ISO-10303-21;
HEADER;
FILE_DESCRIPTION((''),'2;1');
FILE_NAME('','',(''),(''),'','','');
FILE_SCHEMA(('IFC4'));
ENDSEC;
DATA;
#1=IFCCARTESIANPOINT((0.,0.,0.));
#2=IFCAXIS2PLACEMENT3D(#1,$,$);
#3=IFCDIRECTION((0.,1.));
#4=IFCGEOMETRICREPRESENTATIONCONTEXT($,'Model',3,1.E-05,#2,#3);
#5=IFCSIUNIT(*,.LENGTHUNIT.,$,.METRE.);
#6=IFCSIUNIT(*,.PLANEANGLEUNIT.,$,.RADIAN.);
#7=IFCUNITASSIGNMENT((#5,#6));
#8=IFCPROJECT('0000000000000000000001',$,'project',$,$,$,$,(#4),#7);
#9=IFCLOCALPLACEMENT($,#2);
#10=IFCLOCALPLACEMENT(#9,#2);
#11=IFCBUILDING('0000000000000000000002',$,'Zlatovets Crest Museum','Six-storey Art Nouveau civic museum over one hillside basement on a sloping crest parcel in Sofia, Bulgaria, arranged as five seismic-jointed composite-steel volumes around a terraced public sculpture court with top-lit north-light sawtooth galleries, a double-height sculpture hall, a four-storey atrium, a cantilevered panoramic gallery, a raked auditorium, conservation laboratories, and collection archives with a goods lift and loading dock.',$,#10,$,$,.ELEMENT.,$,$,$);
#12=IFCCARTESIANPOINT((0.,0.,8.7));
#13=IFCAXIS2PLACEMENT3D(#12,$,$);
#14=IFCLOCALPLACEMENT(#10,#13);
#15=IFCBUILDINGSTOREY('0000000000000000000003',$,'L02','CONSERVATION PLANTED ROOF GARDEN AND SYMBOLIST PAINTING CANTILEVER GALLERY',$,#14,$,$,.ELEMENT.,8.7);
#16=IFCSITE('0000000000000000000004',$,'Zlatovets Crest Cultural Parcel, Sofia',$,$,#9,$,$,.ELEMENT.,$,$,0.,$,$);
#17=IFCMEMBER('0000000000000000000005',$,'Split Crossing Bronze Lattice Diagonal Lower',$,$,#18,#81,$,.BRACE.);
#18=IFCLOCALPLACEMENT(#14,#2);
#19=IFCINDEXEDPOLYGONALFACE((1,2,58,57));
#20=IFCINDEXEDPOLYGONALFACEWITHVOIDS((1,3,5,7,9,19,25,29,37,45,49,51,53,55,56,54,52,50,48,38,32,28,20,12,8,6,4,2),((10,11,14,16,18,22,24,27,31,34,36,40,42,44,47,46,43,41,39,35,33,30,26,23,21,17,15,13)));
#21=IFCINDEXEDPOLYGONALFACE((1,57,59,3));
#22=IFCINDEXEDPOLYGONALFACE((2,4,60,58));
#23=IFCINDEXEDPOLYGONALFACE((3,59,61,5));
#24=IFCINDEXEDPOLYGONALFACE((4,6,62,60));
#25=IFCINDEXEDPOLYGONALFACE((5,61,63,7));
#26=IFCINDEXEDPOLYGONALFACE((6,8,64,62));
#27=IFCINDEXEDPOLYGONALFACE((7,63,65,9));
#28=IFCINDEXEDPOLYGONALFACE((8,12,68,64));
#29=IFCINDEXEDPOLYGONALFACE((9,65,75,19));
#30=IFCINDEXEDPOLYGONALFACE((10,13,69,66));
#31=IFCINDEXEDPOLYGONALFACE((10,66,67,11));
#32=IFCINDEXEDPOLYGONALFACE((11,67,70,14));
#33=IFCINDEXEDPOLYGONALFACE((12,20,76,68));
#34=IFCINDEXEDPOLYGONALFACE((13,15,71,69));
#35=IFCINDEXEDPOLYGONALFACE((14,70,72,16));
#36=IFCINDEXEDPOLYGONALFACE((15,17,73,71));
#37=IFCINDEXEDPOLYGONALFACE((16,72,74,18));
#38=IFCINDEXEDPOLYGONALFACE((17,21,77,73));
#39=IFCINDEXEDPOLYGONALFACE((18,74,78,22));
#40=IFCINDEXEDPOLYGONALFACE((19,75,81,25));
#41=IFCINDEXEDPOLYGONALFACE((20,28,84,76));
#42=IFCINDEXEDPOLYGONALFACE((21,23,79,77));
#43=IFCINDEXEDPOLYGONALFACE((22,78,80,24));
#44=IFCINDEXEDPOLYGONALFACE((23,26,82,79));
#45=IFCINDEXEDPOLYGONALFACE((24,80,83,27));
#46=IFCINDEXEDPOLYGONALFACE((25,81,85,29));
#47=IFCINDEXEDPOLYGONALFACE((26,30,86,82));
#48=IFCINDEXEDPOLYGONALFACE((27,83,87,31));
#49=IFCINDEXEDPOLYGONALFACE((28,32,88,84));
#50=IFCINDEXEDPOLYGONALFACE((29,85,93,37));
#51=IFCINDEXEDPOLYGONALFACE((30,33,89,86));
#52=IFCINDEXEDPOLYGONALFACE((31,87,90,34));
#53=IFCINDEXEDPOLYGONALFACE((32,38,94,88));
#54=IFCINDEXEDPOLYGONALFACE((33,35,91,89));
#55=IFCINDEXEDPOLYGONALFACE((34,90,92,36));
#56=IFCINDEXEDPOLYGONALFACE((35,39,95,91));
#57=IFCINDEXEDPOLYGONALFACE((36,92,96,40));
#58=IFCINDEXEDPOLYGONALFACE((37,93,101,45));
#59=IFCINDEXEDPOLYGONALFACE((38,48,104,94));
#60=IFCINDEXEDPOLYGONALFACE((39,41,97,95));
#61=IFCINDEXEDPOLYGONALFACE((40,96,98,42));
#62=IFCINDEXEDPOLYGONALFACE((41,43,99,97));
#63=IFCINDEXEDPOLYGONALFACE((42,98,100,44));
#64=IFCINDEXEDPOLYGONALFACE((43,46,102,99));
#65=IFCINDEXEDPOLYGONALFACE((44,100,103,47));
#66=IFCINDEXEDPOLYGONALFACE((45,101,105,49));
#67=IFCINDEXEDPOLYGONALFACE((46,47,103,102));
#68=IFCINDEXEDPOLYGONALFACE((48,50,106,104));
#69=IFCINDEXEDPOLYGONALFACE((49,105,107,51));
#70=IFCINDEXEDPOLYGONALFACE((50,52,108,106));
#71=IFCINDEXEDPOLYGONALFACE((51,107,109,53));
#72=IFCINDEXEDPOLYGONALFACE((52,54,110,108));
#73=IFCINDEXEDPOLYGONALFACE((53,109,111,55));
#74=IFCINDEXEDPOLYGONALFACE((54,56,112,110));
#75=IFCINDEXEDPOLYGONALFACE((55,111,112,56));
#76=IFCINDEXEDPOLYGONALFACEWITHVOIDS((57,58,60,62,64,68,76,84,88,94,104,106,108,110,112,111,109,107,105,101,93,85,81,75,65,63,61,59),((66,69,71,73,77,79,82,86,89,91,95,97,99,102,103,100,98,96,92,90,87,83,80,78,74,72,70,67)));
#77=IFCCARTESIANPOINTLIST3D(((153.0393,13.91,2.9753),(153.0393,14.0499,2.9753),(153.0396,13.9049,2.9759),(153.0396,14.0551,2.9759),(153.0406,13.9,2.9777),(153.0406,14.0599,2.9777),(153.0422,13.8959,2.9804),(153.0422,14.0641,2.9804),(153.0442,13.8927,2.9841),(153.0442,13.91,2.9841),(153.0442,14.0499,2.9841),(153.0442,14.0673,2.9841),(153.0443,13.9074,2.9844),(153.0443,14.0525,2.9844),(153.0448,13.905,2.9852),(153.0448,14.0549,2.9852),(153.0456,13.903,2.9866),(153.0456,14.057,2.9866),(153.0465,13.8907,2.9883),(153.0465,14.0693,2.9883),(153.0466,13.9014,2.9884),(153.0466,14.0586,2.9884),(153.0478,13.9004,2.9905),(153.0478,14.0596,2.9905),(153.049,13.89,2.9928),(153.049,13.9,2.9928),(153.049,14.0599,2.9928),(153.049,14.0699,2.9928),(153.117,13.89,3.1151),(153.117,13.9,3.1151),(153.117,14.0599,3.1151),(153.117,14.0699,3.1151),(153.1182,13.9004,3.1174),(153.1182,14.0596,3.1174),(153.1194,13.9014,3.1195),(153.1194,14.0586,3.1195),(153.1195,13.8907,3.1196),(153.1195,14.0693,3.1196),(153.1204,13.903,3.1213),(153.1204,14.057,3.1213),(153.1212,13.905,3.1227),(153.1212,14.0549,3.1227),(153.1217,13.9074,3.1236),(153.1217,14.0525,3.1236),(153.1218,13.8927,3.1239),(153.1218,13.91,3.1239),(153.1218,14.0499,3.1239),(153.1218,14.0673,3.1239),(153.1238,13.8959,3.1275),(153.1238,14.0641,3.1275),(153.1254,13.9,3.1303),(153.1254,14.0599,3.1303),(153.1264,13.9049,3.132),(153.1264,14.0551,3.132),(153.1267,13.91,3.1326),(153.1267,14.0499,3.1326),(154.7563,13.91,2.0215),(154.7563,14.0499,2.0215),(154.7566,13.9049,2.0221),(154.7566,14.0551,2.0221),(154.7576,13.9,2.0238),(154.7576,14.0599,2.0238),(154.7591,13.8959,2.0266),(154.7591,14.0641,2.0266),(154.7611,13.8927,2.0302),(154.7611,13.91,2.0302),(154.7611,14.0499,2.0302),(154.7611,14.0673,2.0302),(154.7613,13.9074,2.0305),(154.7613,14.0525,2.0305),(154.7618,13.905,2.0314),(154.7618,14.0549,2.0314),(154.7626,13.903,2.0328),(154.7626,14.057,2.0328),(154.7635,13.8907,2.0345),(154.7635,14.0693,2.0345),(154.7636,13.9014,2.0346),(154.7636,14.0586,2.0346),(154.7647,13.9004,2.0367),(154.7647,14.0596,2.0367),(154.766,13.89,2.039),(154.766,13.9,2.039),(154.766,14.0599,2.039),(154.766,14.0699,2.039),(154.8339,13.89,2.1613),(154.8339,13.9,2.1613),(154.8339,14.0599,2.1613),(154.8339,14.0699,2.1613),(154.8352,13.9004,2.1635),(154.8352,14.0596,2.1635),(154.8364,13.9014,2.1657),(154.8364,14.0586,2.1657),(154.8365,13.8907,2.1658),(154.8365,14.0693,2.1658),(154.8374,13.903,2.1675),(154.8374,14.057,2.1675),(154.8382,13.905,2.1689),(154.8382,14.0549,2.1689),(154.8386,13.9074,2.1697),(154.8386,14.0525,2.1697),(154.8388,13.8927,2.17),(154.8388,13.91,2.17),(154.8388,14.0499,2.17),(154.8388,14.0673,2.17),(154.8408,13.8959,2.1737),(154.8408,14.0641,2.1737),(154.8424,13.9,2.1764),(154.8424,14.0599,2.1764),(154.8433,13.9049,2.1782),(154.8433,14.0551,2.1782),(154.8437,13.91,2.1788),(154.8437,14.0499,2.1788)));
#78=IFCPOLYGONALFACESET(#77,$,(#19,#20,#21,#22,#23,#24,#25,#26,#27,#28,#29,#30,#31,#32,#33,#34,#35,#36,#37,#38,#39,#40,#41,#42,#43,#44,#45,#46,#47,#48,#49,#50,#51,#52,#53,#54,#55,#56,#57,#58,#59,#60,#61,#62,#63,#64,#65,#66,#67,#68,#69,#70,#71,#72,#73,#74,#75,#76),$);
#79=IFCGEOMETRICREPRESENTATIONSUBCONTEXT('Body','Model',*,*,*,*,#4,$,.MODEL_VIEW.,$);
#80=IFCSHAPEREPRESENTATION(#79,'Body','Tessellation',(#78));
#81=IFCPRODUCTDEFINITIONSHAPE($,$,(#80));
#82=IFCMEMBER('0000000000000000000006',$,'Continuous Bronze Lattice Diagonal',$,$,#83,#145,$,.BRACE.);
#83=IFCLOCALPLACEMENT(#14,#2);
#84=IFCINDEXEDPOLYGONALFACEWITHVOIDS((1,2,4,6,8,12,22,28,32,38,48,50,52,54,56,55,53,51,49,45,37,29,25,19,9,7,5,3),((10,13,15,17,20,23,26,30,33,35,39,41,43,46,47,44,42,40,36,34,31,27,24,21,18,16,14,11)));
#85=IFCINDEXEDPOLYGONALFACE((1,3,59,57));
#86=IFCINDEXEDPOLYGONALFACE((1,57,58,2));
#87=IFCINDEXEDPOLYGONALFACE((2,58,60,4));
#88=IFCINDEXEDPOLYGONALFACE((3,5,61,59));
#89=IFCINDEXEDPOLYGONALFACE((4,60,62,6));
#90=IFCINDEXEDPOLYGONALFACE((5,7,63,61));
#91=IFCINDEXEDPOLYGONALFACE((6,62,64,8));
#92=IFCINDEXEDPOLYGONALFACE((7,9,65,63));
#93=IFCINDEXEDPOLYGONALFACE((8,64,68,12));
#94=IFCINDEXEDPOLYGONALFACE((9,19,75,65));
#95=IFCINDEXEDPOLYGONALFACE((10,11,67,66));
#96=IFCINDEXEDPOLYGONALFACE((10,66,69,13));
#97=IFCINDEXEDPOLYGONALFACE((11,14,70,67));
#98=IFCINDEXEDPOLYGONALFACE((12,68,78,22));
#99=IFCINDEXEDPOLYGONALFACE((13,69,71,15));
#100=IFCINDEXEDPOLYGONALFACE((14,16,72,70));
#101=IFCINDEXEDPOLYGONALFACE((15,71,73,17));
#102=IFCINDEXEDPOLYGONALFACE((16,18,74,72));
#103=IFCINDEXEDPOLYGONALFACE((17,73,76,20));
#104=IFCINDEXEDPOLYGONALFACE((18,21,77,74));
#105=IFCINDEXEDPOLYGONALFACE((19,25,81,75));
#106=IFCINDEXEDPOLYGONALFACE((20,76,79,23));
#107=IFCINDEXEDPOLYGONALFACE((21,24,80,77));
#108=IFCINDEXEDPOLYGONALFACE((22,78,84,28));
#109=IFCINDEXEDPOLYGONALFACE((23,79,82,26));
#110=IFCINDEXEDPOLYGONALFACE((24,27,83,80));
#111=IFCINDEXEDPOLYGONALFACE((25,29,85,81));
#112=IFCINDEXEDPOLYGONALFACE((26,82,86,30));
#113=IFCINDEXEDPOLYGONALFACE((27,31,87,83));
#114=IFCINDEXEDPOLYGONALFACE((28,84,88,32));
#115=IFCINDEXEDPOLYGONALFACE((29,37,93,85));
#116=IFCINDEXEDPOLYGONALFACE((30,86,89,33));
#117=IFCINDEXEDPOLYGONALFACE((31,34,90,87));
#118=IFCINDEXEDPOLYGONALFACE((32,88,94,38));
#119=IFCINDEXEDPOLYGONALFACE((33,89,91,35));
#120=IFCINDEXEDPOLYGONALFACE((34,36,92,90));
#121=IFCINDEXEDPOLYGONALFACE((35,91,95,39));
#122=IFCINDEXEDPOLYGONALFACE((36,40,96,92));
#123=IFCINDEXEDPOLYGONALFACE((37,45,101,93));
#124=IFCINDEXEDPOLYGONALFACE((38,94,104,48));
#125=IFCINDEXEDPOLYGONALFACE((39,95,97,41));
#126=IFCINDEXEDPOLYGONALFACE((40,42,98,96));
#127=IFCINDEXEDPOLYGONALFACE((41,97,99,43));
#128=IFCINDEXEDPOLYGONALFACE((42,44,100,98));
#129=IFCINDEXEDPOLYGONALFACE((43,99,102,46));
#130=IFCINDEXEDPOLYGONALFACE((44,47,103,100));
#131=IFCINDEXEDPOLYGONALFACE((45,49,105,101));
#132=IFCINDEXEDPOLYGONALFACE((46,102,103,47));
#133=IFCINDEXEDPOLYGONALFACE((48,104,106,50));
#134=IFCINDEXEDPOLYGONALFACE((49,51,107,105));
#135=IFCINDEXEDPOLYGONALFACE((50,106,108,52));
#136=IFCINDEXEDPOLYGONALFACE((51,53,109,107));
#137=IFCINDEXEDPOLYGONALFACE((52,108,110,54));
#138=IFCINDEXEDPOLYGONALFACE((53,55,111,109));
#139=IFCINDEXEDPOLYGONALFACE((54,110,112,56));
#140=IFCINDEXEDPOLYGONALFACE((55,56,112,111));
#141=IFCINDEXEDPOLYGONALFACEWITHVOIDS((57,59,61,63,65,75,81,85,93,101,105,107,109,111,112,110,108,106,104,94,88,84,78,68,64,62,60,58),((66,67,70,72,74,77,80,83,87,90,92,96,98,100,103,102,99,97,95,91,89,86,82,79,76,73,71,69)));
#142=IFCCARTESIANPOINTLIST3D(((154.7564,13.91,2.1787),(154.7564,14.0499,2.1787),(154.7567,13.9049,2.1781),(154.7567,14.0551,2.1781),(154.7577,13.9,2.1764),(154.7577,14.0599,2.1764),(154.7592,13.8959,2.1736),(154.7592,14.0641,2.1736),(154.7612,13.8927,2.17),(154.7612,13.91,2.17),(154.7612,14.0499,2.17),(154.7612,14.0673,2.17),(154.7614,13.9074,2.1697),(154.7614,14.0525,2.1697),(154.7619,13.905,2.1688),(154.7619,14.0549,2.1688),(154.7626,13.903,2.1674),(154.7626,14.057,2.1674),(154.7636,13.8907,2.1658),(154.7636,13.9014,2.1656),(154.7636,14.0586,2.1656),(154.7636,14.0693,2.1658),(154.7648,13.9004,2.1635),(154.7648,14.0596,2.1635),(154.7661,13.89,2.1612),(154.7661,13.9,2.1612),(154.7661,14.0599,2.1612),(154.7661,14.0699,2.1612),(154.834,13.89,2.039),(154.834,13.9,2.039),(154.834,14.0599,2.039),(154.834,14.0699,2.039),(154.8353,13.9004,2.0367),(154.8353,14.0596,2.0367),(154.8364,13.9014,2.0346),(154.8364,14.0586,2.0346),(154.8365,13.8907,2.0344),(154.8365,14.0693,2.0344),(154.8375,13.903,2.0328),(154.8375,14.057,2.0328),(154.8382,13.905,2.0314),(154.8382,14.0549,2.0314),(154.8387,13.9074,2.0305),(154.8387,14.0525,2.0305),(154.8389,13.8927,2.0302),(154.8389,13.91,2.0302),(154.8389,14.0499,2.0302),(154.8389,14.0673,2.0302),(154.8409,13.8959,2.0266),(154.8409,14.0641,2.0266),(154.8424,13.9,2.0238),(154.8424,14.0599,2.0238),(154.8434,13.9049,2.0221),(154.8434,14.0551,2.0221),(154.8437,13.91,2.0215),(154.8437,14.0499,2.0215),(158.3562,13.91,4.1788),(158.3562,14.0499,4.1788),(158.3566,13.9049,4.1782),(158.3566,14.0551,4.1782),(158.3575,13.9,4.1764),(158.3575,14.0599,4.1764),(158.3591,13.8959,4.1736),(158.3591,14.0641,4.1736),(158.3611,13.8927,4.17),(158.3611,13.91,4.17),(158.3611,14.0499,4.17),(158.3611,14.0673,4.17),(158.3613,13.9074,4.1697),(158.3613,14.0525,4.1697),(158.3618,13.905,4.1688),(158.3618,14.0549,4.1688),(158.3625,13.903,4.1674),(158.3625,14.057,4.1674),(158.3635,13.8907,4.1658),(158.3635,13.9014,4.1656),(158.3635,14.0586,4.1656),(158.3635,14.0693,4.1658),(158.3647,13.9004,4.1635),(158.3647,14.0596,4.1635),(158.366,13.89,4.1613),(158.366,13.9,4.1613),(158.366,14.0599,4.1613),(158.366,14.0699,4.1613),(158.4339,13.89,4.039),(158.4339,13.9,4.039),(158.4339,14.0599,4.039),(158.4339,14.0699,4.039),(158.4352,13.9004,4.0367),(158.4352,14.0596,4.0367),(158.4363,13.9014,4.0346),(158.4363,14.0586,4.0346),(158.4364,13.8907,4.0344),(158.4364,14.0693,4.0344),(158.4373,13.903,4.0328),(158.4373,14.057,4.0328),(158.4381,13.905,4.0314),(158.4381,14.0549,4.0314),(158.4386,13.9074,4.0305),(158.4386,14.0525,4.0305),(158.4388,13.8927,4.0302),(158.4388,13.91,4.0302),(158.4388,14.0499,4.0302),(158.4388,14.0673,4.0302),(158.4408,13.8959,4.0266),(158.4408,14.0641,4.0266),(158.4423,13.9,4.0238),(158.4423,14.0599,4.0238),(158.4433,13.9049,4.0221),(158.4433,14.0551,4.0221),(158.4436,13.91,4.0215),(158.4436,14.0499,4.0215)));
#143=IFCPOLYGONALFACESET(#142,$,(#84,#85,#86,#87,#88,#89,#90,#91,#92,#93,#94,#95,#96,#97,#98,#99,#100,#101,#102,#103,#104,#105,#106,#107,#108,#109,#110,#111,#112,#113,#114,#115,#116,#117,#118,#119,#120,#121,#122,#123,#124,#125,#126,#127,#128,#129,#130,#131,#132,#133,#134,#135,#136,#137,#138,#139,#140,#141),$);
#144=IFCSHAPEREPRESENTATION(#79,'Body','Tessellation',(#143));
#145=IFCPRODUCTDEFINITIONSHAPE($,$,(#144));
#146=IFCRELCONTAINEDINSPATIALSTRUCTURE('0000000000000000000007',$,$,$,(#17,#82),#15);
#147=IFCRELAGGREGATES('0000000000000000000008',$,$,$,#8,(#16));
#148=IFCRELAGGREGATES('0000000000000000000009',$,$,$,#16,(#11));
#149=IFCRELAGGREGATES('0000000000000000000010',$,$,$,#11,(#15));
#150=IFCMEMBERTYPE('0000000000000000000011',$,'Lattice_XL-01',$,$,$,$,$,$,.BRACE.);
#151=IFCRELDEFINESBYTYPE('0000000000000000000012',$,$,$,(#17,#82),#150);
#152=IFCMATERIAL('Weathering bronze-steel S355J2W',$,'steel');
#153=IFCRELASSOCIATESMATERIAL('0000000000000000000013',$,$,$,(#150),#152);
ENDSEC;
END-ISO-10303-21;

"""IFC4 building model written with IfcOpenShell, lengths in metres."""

from ifc_helpers import new_model, si_unit, direction, frame, origin, origin_2d, place, context, subcontext, project, spatial, hollow_rectangle, extrude, material, material_profile, profile_set, type_object, element, save


model = new_model("IFC4")

# Units and contexts
model_context = context("Model", 3, precision=1e-05, world=origin(), true_north=direction((0.0, 1.0)))
body_context = subcontext(model_context, "Body", "Model", "MODEL_VIEW")
ifc_project = project(units=[si_unit("LENGTHUNIT", "METRE"), si_unit("PLANEANGLEUNIT", "RADIAN")], contexts=[model_context])

# Site, building, storey
site_placement = place(None, origin())
site = spatial("IfcSite", under=ifc_project, at=site_placement, Name="Zlatovets Crest Cultural Parcel, Sofia", CompositionType="ELEMENT", RefElevation=0.0)
building_placement = place(site_placement, origin())
building = spatial("IfcBuilding", under=site, at=building_placement, Name="Zlatovets Crest Museum", Description="Six-storey Art Nouveau civic museum over one hillside basement on a sloping crest parcel in Sofia, Bulgaria, arranged as five seismic-jointed composite-steel volumes around a terraced public sculpture court with top-lit north-light sawtooth galleries, a double-height sculpture hall, a four-storey atrium, a cantilevered panoramic gallery, a raked auditorium, conservation laboratories, and collection archives with a goods lift and loading dock.", CompositionType="ELEMENT")
storey_placement = place(building_placement, frame((0.0, 0.0, 8.7)))
storey = spatial("IfcBuildingStorey", under=building, at=storey_placement, Name="L02", Description="CONSERVATION PLANTED ROOF GARDEN AND SYMBOLIST PAINTING CANTILEVER GALLERY", CompositionType="ELEMENT", Elevation=8.7)

# Members
ifc_material_1 = material(Name="Weathering bronze-steel S355J2W", Category="steel")
ifc_material_profile_1 = material_profile(ifc_material_1, hollow_rectangle(XDim=0.1799, YDim=0.1799, WallThickness=0.01, InnerFilletRadius=0.01, OuterFilletRadius=0.02, at=origin_2d()), Name="SHS 180x180x10.0")
ifc_profile_set_1 = profile_set([ifc_material_profile_1], Name="Weathering bronze-steel S355J2W")
member_type_1 = type_object("IfcMemberType", Name="Lattice_XL-01", PredefinedType="BRACE", material=ifc_profile_set_1)
member_1_placement = place(storey_placement, frame((153.083, 13.98, 3.054), z_axis=(0.874169, 0.0, -0.485622), x_axis=(0.0, 1.0, 0.0)))
element("IfcMember", 1, at=member_1_placement, inside=storey, type_object=member_type_1, Name="Split Crossing Bronze Lattice Diagonal Lower", PredefinedType="BRACE", context=body_context, shape_type="SweptSolid", body=[
    extrude(hollow_rectangle(XDim=0.1799, YDim=0.1799, WallThickness=0.01, InnerFilletRadius=0.01, OuterFilletRadius=0.02, at=origin_2d()), origin(), (0.0, 0.0, 1.0), 1.9641),
])
member_2_placement = place(storey_placement, frame((154.8, 13.98, 2.1001), z_axis=(0.874149, 0.0, 0.485658), x_axis=(0.0, 1.0, 0.0)))
element("IfcMember", 2, at=member_2_placement, inside=storey, type_object=member_type_1, Name="Continuous Bronze Lattice Diagonal", PredefinedType="BRACE", context=body_context, shape_type="SweptSolid", body=[
    extrude(hollow_rectangle(XDim=0.1799, YDim=0.1799, WallThickness=0.01, InnerFilletRadius=0.01, OuterFilletRadius=0.02, at=origin_2d()), origin(), (0.0, 0.0, 1.0), 4.1182),
])

save(model, "model.ifc")
